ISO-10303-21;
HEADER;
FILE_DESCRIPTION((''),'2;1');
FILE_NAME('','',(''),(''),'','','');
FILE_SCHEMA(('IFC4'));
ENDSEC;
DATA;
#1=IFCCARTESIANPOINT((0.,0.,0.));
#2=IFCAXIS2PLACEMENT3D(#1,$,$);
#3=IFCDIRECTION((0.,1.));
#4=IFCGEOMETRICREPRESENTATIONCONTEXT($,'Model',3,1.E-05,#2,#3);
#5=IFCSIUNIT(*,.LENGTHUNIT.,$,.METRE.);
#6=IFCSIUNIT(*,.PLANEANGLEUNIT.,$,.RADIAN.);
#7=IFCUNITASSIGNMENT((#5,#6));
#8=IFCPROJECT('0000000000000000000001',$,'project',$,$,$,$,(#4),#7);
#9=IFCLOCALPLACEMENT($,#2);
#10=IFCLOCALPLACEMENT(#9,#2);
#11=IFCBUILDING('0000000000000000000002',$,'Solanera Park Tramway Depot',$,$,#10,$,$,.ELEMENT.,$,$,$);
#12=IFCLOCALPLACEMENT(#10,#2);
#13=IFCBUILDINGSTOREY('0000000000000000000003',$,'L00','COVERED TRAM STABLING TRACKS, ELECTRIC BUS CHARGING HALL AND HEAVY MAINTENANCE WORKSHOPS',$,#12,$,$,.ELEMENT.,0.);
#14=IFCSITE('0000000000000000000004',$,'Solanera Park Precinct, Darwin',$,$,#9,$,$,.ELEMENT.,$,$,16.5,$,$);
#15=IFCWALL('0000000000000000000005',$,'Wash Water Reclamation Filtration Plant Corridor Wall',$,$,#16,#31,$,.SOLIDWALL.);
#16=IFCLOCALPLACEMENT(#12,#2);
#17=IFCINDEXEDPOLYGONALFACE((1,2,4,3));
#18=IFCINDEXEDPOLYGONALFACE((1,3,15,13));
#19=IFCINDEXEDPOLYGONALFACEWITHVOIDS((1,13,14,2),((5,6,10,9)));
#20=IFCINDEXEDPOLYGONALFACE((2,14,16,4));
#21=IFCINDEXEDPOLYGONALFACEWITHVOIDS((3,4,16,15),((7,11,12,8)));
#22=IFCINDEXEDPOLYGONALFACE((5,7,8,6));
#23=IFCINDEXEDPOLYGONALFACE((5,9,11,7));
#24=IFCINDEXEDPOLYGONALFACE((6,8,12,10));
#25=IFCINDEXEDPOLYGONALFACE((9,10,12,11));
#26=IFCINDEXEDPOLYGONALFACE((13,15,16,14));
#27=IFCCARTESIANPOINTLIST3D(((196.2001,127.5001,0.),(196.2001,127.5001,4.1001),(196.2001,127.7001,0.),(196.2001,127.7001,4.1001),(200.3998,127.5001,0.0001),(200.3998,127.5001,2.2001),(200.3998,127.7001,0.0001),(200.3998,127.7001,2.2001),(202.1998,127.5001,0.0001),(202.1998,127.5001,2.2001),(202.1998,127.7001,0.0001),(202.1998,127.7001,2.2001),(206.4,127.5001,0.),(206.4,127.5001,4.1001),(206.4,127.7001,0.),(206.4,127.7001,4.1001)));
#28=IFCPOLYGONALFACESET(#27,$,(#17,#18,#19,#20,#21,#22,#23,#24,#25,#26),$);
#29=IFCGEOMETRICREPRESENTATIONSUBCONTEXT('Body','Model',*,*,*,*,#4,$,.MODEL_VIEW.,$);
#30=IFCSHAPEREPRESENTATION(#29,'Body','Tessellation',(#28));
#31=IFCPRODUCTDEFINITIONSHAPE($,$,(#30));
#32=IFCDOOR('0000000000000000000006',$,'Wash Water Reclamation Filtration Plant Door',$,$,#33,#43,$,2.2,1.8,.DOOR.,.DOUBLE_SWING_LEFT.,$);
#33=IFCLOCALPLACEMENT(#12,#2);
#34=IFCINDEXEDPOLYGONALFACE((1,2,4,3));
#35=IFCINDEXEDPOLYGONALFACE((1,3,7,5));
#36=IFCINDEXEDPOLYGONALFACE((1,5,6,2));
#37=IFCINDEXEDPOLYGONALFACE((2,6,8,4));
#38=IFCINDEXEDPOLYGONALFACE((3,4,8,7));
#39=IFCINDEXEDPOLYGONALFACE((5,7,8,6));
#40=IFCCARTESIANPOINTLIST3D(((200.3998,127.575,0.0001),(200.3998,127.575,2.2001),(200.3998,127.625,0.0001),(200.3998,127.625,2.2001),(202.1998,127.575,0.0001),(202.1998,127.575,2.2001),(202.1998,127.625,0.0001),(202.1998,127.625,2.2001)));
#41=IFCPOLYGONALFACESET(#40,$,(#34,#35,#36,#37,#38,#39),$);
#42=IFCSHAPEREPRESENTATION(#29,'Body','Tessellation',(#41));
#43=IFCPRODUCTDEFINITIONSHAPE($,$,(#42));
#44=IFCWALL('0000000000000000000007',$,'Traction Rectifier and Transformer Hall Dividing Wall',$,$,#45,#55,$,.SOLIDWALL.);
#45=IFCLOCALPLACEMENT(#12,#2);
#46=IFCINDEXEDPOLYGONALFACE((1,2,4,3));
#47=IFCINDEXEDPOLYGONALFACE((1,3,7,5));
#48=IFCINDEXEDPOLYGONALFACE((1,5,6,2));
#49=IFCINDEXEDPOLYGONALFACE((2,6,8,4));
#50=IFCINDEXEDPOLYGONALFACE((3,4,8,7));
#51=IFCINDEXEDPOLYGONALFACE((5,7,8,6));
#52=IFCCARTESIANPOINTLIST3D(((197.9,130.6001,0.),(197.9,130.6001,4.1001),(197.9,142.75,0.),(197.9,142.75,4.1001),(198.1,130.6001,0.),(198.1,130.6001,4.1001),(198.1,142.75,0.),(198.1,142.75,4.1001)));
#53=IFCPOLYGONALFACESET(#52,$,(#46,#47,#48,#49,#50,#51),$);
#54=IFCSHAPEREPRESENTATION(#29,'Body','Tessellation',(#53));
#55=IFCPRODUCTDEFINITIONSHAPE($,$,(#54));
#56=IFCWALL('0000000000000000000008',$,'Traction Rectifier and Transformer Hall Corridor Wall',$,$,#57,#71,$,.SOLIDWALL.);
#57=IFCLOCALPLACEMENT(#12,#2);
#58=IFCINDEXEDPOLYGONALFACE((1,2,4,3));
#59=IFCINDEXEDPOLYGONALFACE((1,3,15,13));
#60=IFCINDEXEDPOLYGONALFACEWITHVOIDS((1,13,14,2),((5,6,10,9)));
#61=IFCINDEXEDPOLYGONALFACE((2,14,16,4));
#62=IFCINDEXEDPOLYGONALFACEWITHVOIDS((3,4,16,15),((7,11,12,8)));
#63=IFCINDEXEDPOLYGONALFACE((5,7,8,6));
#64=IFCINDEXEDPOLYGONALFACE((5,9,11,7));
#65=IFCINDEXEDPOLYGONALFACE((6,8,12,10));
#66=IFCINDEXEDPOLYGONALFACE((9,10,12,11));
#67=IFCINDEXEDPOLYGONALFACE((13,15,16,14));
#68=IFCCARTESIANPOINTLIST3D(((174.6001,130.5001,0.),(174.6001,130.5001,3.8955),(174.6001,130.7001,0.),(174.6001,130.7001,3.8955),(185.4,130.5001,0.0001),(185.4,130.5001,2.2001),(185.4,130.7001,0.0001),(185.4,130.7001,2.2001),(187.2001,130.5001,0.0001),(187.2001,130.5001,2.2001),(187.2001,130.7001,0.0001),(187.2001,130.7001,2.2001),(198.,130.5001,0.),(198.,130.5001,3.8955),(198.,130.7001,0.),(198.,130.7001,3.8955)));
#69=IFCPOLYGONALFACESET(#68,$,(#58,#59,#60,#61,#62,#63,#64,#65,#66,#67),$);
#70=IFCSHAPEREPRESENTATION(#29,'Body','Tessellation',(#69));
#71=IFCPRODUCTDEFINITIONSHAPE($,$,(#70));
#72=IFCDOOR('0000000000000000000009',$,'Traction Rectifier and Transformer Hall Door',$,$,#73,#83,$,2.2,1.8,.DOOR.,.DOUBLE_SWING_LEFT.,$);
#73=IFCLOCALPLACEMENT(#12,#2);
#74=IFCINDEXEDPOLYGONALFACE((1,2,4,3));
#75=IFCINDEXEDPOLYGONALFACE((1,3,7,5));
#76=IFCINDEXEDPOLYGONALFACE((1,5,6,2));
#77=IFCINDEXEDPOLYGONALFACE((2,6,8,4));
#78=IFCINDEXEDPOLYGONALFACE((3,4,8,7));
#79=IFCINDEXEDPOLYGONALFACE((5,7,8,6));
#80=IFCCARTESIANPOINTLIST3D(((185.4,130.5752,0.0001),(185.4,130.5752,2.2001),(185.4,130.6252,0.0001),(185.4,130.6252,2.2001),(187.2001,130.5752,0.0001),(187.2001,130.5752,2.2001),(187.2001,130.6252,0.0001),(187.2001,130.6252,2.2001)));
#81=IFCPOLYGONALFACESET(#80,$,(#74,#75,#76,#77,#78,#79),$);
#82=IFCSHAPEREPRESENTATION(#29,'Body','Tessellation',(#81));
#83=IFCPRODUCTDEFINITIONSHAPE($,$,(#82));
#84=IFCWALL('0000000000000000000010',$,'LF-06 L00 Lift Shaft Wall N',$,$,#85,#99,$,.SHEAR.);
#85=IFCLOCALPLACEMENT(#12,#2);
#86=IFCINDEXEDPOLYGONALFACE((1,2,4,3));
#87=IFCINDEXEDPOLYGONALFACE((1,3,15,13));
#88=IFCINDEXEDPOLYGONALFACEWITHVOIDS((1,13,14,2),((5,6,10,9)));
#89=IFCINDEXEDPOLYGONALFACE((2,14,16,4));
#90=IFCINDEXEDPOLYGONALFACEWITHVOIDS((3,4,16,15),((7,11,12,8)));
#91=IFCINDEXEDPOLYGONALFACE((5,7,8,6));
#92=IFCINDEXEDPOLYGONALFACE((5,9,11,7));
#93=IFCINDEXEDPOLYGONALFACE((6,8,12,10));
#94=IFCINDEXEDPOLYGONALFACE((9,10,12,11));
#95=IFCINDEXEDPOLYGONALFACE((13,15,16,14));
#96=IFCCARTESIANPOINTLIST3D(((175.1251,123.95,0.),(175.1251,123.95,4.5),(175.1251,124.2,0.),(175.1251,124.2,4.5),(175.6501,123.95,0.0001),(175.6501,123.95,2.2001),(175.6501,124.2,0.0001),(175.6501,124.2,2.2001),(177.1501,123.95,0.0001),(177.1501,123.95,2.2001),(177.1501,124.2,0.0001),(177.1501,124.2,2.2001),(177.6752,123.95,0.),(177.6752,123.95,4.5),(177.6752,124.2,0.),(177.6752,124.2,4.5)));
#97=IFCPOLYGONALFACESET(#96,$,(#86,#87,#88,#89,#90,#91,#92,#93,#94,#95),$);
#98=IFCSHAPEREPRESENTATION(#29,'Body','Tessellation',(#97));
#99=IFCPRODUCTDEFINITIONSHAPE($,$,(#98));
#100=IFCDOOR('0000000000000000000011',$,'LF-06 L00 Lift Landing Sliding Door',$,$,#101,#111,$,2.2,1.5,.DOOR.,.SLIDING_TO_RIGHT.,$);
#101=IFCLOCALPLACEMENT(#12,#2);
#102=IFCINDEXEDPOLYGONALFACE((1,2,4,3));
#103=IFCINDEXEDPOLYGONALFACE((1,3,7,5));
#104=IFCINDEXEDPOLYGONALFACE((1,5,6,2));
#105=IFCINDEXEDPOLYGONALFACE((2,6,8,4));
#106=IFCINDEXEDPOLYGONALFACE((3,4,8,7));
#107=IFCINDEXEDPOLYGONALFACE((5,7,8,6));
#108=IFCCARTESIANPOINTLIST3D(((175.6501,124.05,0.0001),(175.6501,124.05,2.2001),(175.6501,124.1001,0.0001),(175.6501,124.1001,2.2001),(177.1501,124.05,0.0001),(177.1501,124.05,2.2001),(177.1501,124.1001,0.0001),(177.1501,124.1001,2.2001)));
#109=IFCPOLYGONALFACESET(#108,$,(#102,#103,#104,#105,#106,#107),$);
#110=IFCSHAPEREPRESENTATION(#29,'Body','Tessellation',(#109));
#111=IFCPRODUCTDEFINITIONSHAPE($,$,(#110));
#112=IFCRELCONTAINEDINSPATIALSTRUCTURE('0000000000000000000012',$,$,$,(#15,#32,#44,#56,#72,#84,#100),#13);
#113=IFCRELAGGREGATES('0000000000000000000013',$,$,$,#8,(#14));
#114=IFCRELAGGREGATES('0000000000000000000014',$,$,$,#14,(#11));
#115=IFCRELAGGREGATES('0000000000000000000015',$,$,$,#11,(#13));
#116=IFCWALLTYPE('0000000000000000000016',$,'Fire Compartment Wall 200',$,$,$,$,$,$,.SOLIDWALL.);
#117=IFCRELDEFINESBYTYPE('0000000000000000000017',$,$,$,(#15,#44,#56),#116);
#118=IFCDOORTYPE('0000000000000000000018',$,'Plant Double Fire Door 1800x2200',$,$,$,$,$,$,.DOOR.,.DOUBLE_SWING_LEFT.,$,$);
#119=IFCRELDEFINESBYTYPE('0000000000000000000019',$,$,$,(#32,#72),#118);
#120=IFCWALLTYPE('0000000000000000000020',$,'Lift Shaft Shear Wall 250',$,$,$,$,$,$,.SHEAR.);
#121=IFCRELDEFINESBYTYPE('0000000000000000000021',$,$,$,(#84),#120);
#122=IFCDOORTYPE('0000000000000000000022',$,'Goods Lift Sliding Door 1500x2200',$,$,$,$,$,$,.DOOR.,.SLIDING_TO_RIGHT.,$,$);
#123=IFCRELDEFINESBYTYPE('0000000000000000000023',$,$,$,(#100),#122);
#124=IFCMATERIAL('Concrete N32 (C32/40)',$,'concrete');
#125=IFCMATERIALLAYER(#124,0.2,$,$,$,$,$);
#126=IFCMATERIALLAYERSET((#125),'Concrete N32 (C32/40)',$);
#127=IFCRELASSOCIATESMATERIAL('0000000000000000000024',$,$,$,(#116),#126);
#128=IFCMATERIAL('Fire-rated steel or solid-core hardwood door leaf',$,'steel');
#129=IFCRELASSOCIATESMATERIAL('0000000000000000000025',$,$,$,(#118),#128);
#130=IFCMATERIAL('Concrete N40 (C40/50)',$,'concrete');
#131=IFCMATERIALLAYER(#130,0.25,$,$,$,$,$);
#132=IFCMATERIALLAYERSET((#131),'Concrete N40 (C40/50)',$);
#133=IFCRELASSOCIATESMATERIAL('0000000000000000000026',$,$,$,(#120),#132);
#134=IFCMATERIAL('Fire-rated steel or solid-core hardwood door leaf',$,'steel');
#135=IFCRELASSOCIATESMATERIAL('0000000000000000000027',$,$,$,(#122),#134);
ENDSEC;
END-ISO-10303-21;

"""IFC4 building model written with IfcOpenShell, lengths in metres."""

from ifc_helpers import new_model, si_unit, direction, frame, frame_2d, origin, place, context, subcontext, project, spatial, rectangle, extrude, material, layer, layer_set, type_object, element, fill, save


model = new_model("IFC4")

# Units and contexts
model_context = context("Model", 3, precision=1e-05, world=origin(), true_north=direction((0.0, 1.0)))
body_context = subcontext(model_context, "Body", "Model", "MODEL_VIEW")
ifc_project = project(units=[si_unit("LENGTHUNIT", "METRE"), si_unit("PLANEANGLEUNIT", "RADIAN")], contexts=[model_context])

# Site, building, storey
site_placement = place(None, origin())
site = spatial("IfcSite", under=ifc_project, at=site_placement, Name="Solanera Park Precinct, Darwin", CompositionType="ELEMENT", RefElevation=16.5)
building_placement = place(site_placement, origin())
building = spatial("IfcBuilding", under=site, at=building_placement, Name="Solanera Park Tramway Depot", CompositionType="ELEMENT")
storey_placement = place(building_placement, origin())
storey = spatial("IfcBuildingStorey", under=building, at=storey_placement, Name="L00", Description="COVERED TRAM STABLING TRACKS, ELECTRIC BUS CHARGING HALL AND HEAVY MAINTENANCE WORKSHOPS", CompositionType="ELEMENT", Elevation=0.0)

# Wall, opening, door
ifc_material_1 = material(Name="Concrete N32 (C32/40)", Category="concrete")
ifc_layer_1 = layer(ifc_material_1, 0.2)
ifc_layer_set_1 = layer_set([ifc_layer_1], Name="Concrete N32 (C32/40)")
wall_type_1 = type_object("IfcWallType", Name="Fire Compartment Wall 200", PredefinedType="SOLIDWALL", material=ifc_layer_set_1)
wall_1_placement = place(storey_placement, frame((196.2, 127.6001, 0.0), z_axis=(0.0, 0.0, 1.0), x_axis=(1.0, 0.0, 0.0)))
wall_1 = element("IfcWall", 1, at=wall_1_placement, inside=storey, type_object=wall_type_1, Name="Wash Water Reclamation Filtration Plant Corridor Wall", PredefinedType="SOLIDWALL", context=body_context, shape_type="SweptSolid", body=[
    extrude(rectangle(XDim=10.2, YDim=0.2, at=frame_2d((5.1001, 0.0))), origin(), (0.0, 0.0, 1.0), 4.1001),
])
opening_1_placement = place(wall_1_placement, frame((4.2, 0.0, 0.0)))
opening_1 = element("IfcOpeningElement", 2, at=opening_1_placement, cuts=wall_1, PredefinedType="OPENING", context=body_context, shape_type="SweptSolid", body=[
    extrude(rectangle(XDim=1.8, YDim=2.2, at=frame_2d((0.8999, 1.1001))), frame((0.0, 0.1099, 0.0), z_axis=(0.0, -1.0, 0.0), x_axis=(1.0, 0.0, 0.0)), (0.0, 0.0, 1.0), 0.22),
])
ifc_material_2 = material(Name="Fire-rated steel or solid-core hardwood door leaf", Category="steel")
door_type_1 = type_object("IfcDoorType", Name="Plant Double Fire Door 1800x2200", OperationType="DOUBLE_SWING_LEFT", PredefinedType="DOOR", material=ifc_material_2)
door_1_placement = place(opening_1_placement, origin())
door_1 = element("IfcDoor", 3, at=door_1_placement, inside=storey, type_object=door_type_1, Name="Wash Water Reclamation Filtration Plant Door", OperationType="DOUBLE_SWING_LEFT", OverallHeight=2.2, OverallWidth=1.8, PredefinedType="DOOR", context=body_context, shape_type="SweptSolid", body=[
    extrude(rectangle(XDim=1.8, YDim=2.2, at=frame_2d((0.8999, 1.1001))), frame((0.0, 0.0249, 0.0), z_axis=(0.0, -1.0, 0.0), x_axis=(1.0, 0.0, 0.0)), (0.0, 0.0, 1.0), 0.05),
])
fill(opening_1, door_1)

# Wall
wall_2_placement = place(storey_placement, frame((198.0, 130.6001, 0.0), z_axis=(0.0, 0.0, 1.0), x_axis=(0.0, 1.0, 0.0)))
element("IfcWall", 4, at=wall_2_placement, inside=storey, type_object=wall_type_1, Name="Traction Rectifier and Transformer Hall Dividing Wall", PredefinedType="SOLIDWALL", context=body_context, shape_type="SweptSolid", body=[
    extrude(rectangle(XDim=12.1499, YDim=0.2, at=frame_2d((6.075, 0.0))), origin(), (0.0, 0.0, 1.0), 4.1001),
])

# Walls, openings, doors
wall_3_placement = place(storey_placement, frame((198.0, 130.6001, 0.0), z_axis=(0.0, 0.0, 1.0), x_axis=(-1.0, 0.0, 0.0)))
wall_3 = element("IfcWall", 5, at=wall_3_placement, inside=storey, type_object=wall_type_1, Name="Traction Rectifier and Transformer Hall Corridor Wall", PredefinedType="SOLIDWALL", context=body_context, shape_type="SweptSolid", body=[
    extrude(rectangle(XDim=23.3999, YDim=0.2, at=frame_2d((11.7, 0.0))), origin(), (0.0, 0.0, 1.0), 3.8955),
])
opening_2_placement = place(wall_3_placement, frame((10.8, 0.0, 0.0)))
opening_2 = element("IfcOpeningElement", 6, at=opening_2_placement, cuts=wall_3, PredefinedType="OPENING", context=body_context, shape_type="SweptSolid", body=[
    extrude(rectangle(XDim=1.8, YDim=2.2, at=frame_2d((0.8999, 1.1001))), frame((0.0, 0.1099, 0.0), z_axis=(0.0, -1.0, 0.0), x_axis=(1.0, 0.0, 0.0)), (0.0, 0.0, 1.0), 0.22),
])
door_2_placement = place(opening_2_placement, origin())
door_2 = element("IfcDoor", 7, at=door_2_placement, inside=storey, type_object=door_type_1, Name="Traction Rectifier and Transformer Hall Door", OperationType="DOUBLE_SWING_LEFT", OverallHeight=2.2, OverallWidth=1.8, PredefinedType="DOOR", context=body_context, shape_type="SweptSolid", body=[
    extrude(rectangle(XDim=1.8, YDim=2.2, at=frame_2d((0.8999, 1.1001))), frame((0.0, 0.0249, 0.0), z_axis=(0.0, -1.0, 0.0), x_axis=(1.0, 0.0, 0.0)), (0.0, 0.0, 1.0), 0.05),
])
fill(opening_2, door_2)
ifc_material_3 = material(Name="Concrete N40 (C40/50)", Category="concrete")
ifc_layer_2 = layer(ifc_material_3, 0.25)
ifc_layer_set_2 = layer_set([ifc_layer_2], Name="Concrete N40 (C40/50)")
wall_type_2 = type_object("IfcWallType", Name="Lift Shaft Shear Wall 250", PredefinedType="SHEAR", material=ifc_layer_set_2)
wall_4_placement = place(storey_placement, frame((177.675, 124.075, 0.0), z_axis=(0.0, 0.0, 1.0), x_axis=(-1.0, 0.0, 0.0)))
wall_4 = element("IfcWall", 8, at=wall_4_placement, inside=storey, type_object=wall_type_2, Name="LF-06 L00 Lift Shaft Wall N", PredefinedType="SHEAR", context=body_context, shape_type="SweptSolid", body=[
    extrude(rectangle(XDim=2.55, YDim=0.25, at=frame_2d((1.2749, 0.0))), origin(), (0.0, 0.0, 1.0), 4.5),
])
opening_3_placement = place(wall_4_placement, frame((0.5249, 0.0, 0.0)))
opening_3 = element("IfcOpeningElement", 9, at=opening_3_placement, cuts=wall_4, PredefinedType="OPENING", context=body_context, shape_type="SweptSolid", body=[
    extrude(rectangle(XDim=1.5, YDim=2.2, at=frame_2d((0.75, 1.1001))), frame((0.0, 0.135, 0.0), z_axis=(0.0, -1.0, 0.0), x_axis=(1.0, 0.0, 0.0)), (0.0, 0.0, 1.0), 0.27),
])
ifc_material_4 = material(Name="Fire-rated steel or solid-core hardwood door leaf", Category="steel")
door_type_2 = type_object("IfcDoorType", Name="Goods Lift Sliding Door 1500x2200", OperationType="SLIDING_TO_RIGHT", PredefinedType="DOOR", material=ifc_material_4)
door_3_placement = place(opening_3_placement, origin())
door_3 = element("IfcDoor", 10, at=door_3_placement, inside=storey, type_object=door_type_2, Name="LF-06 L00 Lift Landing Sliding Door", OperationType="SLIDING_TO_RIGHT", OverallHeight=2.2, OverallWidth=1.5, PredefinedType="DOOR", context=body_context, shape_type="SweptSolid", body=[
    extrude(rectangle(XDim=1.5, YDim=2.2, at=frame_2d((0.75, 1.1001))), frame((0.0, 0.0249, 0.0), z_axis=(0.0, -1.0, 0.0), x_axis=(1.0, 0.0, 0.0)), (0.0, 0.0, 1.0), 0.05),
])
fill(opening_3, door_3)

save(model, "model.ifc")
